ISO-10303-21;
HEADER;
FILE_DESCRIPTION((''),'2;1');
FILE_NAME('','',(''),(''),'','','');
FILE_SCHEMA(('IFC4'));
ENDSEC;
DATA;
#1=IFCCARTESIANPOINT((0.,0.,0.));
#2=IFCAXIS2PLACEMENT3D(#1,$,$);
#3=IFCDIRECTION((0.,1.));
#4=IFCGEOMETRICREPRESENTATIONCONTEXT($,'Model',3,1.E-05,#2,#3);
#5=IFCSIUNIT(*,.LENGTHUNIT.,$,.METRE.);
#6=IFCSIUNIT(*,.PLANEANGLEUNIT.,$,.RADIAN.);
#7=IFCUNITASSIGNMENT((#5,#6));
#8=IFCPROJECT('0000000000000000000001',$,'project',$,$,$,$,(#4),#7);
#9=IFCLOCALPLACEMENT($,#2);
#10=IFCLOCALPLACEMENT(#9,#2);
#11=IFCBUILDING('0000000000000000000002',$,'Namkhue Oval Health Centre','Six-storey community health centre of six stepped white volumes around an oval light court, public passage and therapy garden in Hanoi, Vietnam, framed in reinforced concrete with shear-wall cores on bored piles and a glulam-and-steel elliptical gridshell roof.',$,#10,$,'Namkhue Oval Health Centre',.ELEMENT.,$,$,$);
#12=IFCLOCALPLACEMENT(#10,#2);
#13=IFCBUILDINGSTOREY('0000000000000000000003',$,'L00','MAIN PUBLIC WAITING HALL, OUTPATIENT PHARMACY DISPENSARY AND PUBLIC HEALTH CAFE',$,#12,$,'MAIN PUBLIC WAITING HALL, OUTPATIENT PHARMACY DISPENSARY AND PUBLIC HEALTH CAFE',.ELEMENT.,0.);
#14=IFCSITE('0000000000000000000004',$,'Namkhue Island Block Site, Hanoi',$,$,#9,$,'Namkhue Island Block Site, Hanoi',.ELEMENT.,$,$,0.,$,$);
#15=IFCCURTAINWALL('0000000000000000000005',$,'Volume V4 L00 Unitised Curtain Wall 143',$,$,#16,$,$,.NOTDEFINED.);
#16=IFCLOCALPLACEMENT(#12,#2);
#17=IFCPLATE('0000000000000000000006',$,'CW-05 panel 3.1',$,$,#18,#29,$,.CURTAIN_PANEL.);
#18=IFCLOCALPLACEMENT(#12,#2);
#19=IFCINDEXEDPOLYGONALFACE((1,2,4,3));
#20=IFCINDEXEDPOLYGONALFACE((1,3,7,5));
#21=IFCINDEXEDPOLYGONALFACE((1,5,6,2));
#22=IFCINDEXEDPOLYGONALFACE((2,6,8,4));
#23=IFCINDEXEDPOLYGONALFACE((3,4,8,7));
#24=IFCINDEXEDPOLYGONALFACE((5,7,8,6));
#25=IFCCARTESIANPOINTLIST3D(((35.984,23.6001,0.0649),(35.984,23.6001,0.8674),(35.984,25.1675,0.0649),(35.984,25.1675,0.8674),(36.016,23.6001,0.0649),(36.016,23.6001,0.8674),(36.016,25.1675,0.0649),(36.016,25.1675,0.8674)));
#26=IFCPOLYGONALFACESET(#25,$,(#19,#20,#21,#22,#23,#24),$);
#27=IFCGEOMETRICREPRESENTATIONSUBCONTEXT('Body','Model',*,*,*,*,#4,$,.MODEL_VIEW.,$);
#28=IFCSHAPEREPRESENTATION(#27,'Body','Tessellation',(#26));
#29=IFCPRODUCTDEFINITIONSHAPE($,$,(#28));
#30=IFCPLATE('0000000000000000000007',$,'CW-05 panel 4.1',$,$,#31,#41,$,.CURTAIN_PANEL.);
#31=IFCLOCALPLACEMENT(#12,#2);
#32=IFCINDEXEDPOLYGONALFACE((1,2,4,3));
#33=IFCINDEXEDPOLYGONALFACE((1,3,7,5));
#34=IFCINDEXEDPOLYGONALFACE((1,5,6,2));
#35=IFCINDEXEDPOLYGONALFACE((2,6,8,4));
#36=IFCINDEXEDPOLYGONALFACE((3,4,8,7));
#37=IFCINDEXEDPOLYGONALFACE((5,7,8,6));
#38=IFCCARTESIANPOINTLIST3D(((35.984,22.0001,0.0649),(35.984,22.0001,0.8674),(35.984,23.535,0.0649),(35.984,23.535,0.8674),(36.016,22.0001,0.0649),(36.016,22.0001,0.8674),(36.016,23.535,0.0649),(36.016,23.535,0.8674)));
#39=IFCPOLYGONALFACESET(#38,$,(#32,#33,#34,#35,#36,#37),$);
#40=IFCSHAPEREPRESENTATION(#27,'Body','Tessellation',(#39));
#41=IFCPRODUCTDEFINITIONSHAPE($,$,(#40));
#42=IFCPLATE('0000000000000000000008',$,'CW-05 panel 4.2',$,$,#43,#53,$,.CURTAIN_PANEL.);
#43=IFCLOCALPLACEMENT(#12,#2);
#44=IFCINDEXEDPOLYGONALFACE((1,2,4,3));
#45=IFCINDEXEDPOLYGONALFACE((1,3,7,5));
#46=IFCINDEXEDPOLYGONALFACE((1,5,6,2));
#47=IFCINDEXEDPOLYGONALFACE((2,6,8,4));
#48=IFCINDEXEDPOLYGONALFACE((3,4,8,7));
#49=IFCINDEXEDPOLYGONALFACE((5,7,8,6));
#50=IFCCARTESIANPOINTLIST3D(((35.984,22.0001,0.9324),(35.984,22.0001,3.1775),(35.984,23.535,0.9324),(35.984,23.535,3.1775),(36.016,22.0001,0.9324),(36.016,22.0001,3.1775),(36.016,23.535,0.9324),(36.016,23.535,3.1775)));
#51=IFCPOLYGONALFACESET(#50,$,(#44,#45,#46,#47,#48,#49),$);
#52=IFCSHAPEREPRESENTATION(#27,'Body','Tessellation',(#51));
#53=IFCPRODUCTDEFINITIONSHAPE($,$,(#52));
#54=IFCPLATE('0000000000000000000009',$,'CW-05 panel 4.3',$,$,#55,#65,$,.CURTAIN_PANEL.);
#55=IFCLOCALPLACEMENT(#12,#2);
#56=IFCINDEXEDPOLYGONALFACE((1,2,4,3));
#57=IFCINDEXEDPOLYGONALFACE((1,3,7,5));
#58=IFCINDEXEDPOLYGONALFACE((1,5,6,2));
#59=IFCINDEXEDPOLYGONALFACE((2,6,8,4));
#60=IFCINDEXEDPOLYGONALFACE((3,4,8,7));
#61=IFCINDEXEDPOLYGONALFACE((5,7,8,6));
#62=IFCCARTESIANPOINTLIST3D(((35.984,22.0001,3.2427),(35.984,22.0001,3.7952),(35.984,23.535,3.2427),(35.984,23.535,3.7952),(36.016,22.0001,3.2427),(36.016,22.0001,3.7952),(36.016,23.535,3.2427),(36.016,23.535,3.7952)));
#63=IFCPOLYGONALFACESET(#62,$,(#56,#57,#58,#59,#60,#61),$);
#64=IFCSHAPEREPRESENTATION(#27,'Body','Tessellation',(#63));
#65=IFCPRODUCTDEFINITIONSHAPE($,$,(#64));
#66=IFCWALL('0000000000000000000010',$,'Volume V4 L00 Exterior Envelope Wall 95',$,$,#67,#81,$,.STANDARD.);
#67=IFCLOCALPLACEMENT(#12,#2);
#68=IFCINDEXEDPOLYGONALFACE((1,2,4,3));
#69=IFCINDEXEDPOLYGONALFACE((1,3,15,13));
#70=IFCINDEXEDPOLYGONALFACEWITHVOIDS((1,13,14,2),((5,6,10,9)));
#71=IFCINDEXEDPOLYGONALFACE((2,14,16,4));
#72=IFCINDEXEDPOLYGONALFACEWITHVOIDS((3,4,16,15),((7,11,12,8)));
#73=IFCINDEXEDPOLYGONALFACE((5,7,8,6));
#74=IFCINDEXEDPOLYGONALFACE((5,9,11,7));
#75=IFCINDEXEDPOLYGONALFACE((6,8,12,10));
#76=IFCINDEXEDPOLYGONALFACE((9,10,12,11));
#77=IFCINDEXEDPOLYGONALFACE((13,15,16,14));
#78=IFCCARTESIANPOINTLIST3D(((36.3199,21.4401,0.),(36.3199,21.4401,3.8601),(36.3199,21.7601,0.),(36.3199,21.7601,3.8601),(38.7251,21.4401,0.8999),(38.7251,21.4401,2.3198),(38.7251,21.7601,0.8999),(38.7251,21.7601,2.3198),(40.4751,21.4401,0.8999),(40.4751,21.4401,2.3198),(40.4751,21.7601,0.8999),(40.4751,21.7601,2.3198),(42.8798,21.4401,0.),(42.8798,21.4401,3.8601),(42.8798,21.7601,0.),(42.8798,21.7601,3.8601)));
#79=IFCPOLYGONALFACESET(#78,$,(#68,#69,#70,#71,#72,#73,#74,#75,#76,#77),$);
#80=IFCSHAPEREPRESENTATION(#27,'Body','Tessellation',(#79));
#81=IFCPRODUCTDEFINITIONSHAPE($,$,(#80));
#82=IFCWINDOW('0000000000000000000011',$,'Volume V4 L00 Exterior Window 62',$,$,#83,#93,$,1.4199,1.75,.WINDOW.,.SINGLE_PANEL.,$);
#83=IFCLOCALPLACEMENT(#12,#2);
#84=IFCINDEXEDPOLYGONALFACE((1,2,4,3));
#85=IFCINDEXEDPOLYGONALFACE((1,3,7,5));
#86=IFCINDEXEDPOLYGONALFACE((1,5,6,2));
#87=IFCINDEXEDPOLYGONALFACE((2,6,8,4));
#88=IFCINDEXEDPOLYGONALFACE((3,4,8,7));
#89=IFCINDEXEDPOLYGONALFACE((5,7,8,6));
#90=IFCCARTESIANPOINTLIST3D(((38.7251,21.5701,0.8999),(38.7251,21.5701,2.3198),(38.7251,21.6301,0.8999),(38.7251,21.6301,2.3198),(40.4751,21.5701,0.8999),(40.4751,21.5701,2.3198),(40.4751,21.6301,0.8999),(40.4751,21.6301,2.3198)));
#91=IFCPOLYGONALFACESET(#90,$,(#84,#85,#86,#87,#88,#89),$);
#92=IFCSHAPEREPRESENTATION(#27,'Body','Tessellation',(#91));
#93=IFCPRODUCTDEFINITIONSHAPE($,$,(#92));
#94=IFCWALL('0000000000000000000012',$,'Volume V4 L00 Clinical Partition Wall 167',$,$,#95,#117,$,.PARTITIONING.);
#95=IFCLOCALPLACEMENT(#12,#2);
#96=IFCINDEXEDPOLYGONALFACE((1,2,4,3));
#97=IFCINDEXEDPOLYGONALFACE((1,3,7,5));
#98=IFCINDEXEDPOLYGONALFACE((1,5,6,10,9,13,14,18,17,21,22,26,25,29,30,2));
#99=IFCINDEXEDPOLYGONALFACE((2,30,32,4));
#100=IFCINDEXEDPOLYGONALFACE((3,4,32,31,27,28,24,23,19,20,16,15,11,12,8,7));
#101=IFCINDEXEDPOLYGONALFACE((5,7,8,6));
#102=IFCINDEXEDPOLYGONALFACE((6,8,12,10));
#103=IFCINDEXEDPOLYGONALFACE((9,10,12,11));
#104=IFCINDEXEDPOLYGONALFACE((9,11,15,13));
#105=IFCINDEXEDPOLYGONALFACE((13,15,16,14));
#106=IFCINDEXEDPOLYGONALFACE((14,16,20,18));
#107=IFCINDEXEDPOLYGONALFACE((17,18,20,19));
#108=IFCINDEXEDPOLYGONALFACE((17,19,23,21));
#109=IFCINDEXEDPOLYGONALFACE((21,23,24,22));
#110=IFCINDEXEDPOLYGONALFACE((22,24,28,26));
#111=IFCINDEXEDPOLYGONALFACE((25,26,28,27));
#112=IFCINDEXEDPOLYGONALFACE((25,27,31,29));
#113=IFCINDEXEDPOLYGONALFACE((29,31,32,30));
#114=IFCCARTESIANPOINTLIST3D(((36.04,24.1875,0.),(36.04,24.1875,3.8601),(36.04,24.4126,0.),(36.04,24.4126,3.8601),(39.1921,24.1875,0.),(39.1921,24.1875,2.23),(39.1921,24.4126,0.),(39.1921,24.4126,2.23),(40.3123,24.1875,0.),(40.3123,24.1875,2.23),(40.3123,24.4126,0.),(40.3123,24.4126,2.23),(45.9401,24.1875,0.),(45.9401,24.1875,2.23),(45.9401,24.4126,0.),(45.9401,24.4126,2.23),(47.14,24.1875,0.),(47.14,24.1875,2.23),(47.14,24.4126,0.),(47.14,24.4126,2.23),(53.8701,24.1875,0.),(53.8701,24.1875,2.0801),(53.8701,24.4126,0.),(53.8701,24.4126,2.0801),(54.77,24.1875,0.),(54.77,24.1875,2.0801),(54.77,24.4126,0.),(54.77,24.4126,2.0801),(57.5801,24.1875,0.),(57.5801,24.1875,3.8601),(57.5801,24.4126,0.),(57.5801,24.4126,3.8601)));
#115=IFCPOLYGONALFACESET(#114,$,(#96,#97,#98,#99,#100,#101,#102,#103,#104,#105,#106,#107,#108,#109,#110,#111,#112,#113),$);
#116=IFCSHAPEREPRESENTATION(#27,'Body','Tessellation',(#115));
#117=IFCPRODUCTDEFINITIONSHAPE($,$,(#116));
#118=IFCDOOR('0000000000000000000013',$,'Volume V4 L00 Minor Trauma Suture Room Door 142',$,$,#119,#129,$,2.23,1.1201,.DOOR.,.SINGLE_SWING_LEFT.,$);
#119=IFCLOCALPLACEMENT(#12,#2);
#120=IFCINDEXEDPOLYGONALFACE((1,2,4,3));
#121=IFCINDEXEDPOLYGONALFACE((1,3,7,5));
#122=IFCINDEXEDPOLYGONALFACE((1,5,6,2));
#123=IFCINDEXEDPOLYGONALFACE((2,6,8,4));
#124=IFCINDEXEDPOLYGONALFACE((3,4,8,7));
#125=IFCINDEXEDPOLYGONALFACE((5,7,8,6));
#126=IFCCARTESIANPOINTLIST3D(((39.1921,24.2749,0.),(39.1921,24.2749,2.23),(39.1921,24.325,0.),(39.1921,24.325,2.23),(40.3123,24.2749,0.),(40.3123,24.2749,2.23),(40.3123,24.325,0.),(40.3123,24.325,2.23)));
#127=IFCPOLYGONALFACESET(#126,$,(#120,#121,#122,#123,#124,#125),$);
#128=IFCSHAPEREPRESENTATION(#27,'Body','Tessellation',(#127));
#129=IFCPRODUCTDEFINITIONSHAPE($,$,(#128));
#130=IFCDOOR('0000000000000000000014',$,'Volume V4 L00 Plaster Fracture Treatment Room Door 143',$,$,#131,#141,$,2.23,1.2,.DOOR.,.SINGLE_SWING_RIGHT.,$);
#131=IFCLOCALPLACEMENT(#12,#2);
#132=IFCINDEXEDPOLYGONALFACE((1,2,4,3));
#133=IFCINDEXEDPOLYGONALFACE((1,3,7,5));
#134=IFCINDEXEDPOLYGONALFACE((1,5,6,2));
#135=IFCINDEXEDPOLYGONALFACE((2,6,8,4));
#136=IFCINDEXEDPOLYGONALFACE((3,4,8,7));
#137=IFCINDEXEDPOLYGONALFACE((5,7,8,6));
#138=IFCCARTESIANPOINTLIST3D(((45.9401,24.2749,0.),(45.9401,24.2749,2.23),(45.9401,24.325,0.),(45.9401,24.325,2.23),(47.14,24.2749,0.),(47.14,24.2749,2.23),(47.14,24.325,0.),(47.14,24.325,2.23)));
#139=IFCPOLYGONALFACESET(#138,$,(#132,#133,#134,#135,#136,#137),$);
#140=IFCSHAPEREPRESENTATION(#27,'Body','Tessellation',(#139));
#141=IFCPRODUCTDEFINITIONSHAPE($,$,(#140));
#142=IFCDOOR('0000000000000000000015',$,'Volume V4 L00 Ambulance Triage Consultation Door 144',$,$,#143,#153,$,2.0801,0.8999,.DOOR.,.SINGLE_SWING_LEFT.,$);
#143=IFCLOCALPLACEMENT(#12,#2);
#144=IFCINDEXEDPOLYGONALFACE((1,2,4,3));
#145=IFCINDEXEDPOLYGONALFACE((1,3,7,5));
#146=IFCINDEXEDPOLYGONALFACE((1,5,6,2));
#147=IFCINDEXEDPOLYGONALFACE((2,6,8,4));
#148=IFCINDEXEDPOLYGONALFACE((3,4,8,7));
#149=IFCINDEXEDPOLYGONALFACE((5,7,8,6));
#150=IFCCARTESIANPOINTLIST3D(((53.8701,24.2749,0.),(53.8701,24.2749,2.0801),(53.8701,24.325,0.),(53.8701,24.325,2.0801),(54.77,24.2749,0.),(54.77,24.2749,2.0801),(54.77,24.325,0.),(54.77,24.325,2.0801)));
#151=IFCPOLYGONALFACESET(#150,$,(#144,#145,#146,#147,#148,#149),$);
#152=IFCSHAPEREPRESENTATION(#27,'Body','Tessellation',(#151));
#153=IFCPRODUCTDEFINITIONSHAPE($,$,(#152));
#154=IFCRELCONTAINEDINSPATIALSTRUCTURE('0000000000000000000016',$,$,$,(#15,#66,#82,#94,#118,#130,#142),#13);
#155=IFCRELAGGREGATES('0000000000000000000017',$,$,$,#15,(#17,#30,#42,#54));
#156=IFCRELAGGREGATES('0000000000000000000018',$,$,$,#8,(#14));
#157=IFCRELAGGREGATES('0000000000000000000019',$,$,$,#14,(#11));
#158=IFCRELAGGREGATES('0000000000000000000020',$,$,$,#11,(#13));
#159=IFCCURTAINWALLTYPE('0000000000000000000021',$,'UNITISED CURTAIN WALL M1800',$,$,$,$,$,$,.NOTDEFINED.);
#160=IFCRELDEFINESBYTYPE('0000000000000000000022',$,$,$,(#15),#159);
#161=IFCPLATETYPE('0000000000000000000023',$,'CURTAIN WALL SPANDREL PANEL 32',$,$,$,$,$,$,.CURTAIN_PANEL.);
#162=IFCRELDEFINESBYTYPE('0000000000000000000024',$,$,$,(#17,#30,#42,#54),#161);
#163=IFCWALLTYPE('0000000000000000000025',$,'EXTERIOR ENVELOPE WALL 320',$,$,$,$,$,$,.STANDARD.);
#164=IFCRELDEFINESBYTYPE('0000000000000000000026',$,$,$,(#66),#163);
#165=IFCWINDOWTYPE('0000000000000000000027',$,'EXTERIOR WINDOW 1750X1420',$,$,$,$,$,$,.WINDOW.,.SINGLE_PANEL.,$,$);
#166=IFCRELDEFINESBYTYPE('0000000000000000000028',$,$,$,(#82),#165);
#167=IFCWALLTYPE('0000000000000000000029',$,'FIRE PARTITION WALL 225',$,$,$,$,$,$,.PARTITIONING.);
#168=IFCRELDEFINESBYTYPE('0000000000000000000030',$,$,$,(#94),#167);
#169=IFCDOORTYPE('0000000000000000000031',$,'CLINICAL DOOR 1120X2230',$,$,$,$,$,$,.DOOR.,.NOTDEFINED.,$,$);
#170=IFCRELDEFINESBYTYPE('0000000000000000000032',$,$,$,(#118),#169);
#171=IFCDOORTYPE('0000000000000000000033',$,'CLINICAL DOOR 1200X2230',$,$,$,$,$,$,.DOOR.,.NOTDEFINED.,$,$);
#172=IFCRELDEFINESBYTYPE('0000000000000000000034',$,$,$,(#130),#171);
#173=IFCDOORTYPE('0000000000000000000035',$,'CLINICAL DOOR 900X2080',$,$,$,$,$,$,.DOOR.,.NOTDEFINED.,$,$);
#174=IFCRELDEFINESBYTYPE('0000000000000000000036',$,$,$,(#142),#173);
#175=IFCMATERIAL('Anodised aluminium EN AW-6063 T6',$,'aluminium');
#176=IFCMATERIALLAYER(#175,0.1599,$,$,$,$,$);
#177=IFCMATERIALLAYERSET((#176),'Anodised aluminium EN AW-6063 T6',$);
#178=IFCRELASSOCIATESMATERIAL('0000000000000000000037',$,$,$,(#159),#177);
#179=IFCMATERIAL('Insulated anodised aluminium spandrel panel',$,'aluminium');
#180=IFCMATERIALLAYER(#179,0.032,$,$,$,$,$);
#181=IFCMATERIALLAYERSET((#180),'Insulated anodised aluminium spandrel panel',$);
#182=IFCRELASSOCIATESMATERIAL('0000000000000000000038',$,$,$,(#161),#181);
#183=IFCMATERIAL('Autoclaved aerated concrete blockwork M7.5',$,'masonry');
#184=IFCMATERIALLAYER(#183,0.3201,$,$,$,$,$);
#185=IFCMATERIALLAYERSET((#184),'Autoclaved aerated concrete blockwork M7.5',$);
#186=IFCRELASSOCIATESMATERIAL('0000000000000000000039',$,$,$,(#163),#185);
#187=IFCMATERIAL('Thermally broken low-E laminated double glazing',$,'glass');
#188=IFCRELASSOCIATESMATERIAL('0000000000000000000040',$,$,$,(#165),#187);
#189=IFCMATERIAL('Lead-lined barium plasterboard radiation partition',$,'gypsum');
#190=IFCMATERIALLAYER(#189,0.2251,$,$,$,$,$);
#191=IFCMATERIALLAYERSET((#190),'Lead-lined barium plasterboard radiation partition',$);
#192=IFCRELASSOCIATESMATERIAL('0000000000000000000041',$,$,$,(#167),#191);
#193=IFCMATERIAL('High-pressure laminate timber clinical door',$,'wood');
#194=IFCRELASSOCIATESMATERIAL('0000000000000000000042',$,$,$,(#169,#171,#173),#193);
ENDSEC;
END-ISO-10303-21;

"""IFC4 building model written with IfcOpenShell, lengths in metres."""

from ifc_helpers import new_model, si_unit, direction, frame, frame_2d, origin, origin_2d, place, context, subcontext, project, spatial, rectangle, extrude, material, layer, layer_set, type_object, element, fill, aggregate, save


model = new_model("IFC4")

# Units and contexts
model_context = context("Model", 3, precision=1e-05, world=origin(), true_north=direction((0.0, 1.0)))
body_context = subcontext(model_context, "Body", "Model", "MODEL_VIEW")
ifc_project = project(units=[si_unit("LENGTHUNIT", "METRE"), si_unit("PLANEANGLEUNIT", "RADIAN")], contexts=[model_context])

# Site, building, storey
site_placement = place(None, origin())
site = spatial("IfcSite", under=ifc_project, at=site_placement, Name="Namkhue Island Block Site, Hanoi", LongName="Namkhue Island Block Site, Hanoi", CompositionType="ELEMENT", RefElevation=0.0)
building_placement = place(site_placement, origin())
building = spatial("IfcBuilding", under=site, at=building_placement, Name="Namkhue Oval Health Centre", Description="Six-storey community health centre of six stepped white volumes around an oval light court, public passage and therapy garden in Hanoi, Vietnam, framed in reinforced concrete with shear-wall cores on bored piles and a glulam-and-steel elliptical gridshell roof.", LongName="Namkhue Oval Health Centre", CompositionType="ELEMENT")
storey_placement = place(building_placement, origin())
storey = spatial("IfcBuildingStorey", under=building, at=storey_placement, Name="L00", Description="MAIN PUBLIC WAITING HALL, OUTPATIENT PHARMACY DISPENSARY AND PUBLIC HEALTH CAFE", LongName="MAIN PUBLIC WAITING HALL, OUTPATIENT PHARMACY DISPENSARY AND PUBLIC HEALTH CAFE", CompositionType="ELEMENT", Elevation=0.0)

# Curtain wall
ifc_material_1 = material(Name="Anodised aluminium EN AW-6063 T6", Category="aluminium")
ifc_layer_1 = layer(ifc_material_1, 0.1599)
ifc_layer_set_1 = layer_set([ifc_layer_1], Name="Anodised aluminium EN AW-6063 T6")
curtain_wall_type = type_object("IfcCurtainWallType", Name="UNITISED CURTAIN WALL M1800", PredefinedType="NOTDEFINED", material=ifc_layer_set_1)
curtain_wall_placement = place(storey_placement, origin())
curtain_wall = element("IfcCurtainWall", 1, at=curtain_wall_placement, inside=storey, type_object=curtain_wall_type, Name="Volume V4 L00 Unitised Curtain Wall 143", PredefinedType="NOTDEFINED")

# Plates
ifc_material_2 = material(Name="Insulated anodised aluminium spandrel panel", Category="aluminium")
ifc_layer_2 = layer(ifc_material_2, 0.032)
ifc_layer_set_2 = layer_set([ifc_layer_2], Name="Insulated anodised aluminium spandrel panel")
plate_type = type_object("IfcPlateType", Name="CURTAIN WALL SPANDREL PANEL 32", PredefinedType="CURTAIN_PANEL", material=ifc_layer_set_2)
plate_1_placement = place(storey_placement, frame((36.0, 24.3838, 0.0649), z_axis=(0.0, 0.0, 1.0), x_axis=(0.0, -1.0, 0.0)))
plate_1 = element("IfcPlate", 2, at=plate_1_placement, type_object=plate_type, Name="CW-05 panel 3.1", PredefinedType="CURTAIN_PANEL", context=body_context, shape_type="SweptSolid", body=[
    extrude(rectangle(XDim=1.5674, YDim=0.032, at=origin_2d()), origin(), (0.0, 0.0, 1.0), 0.8025),
])
plate_2_placement = place(storey_placement, frame((36.0, 22.7676, 0.0649), z_axis=(0.0, 0.0, 1.0), x_axis=(0.0, -1.0, 0.0)))
plate_2 = element("IfcPlate", 3, at=plate_2_placement, type_object=plate_type, Name="CW-05 panel 4.1", PredefinedType="CURTAIN_PANEL", context=body_context, shape_type="SweptSolid", body=[
    extrude(rectangle(XDim=1.5349, YDim=0.032, at=origin_2d()), origin(), (0.0, 0.0, 1.0), 0.8025),
])
plate_3_placement = place(storey_placement, frame((36.0, 22.7676, 0.9324), z_axis=(0.0, 0.0, 1.0), x_axis=(0.0, -1.0, 0.0)))
plate_3 = element("IfcPlate", 4, at=plate_3_placement, type_object=plate_type, Name="CW-05 panel 4.2", PredefinedType="CURTAIN_PANEL", context=body_context, shape_type="SweptSolid", body=[
    extrude(rectangle(XDim=1.5349, YDim=0.032, at=origin_2d()), origin(), (0.0, 0.0, 1.0), 2.2451),
])
plate_4_placement = place(storey_placement, frame((36.0, 22.7676, 3.2427), z_axis=(0.0, 0.0, 1.0), x_axis=(0.0, -1.0, 0.0)))
plate_4 = element("IfcPlate", 5, at=plate_4_placement, type_object=plate_type, Name="CW-05 panel 4.3", PredefinedType="CURTAIN_PANEL", context=body_context, shape_type="SweptSolid", body=[
    extrude(rectangle(XDim=1.5349, YDim=0.032, at=origin_2d()), origin(), (0.0, 0.0, 1.0), 0.5525),
])
aggregate(curtain_wall, [plate_1, plate_2, plate_3, plate_4])

# Wall, opening, window
ifc_material_3 = material(Name="Autoclaved aerated concrete blockwork M7.5", Category="masonry")
ifc_layer_3 = layer(ifc_material_3, 0.3201)
ifc_layer_set_3 = layer_set([ifc_layer_3], Name="Autoclaved aerated concrete blockwork M7.5")
wall_type_1 = type_object("IfcWallType", Name="EXTERIOR ENVELOPE WALL 320", PredefinedType="STANDARD", material=ifc_layer_set_3)
wall_1_placement = place(storey_placement, frame((36.3201, 21.6001, 0.0), z_axis=(0.0, 0.0, 1.0), x_axis=(1.0, 0.0, 0.0)))
wall_1 = element("IfcWall", 6, at=wall_1_placement, inside=storey, type_object=wall_type_1, Name="Volume V4 L00 Exterior Envelope Wall 95", PredefinedType="STANDARD", context=body_context, shape_type="SweptSolid", body=[
    extrude(rectangle(XDim=6.5598, YDim=0.3201, at=frame_2d((3.2798, 0.0))), origin(), (0.0, 0.0, 1.0), 3.8601),
])
opening_1_placement = place(wall_1_placement, frame((2.405, 0.0, 0.8999)))
opening_1 = element("IfcOpeningElement", 7, at=opening_1_placement, cuts=wall_1, PredefinedType="OPENING", context=body_context, shape_type="SweptSolid", body=[
    extrude(rectangle(XDim=1.75, YDim=1.4199, at=frame_2d((0.875, 0.71))), frame((0.0, 0.1699, 0.0), z_axis=(0.0, -1.0, 0.0), x_axis=(1.0, 0.0, 0.0)), (0.0, 0.0, 1.0), 0.3401),
])
ifc_material_4 = material(Name="Thermally broken low-E laminated double glazing", Category="glass")
window_type = type_object("IfcWindowType", Name="EXTERIOR WINDOW 1750X1420", PartitioningType="SINGLE_PANEL", PredefinedType="WINDOW", material=ifc_material_4)
window_placement = place(opening_1_placement, origin())
window = element("IfcWindow", 8, at=window_placement, inside=storey, type_object=window_type, Name="Volume V4 L00 Exterior Window 62", OverallHeight=1.4199, OverallWidth=1.75, PartitioningType="SINGLE_PANEL", PredefinedType="WINDOW", context=body_context, shape_type="SweptSolid", body=[
    extrude(rectangle(XDim=1.75, YDim=1.4199, at=frame_2d((0.875, 0.71))), frame((0.0, 0.03, 0.0), z_axis=(0.0, -1.0, 0.0), x_axis=(1.0, 0.0, 0.0)), (0.0, 0.0, 1.0), 0.0601),
])
fill(opening_1, window)

# Wall, openings, doors
ifc_material_5 = material(Name="Lead-lined barium plasterboard radiation partition", Category="gypsum")
ifc_layer_4 = layer(ifc_material_5, 0.2251)
ifc_layer_set_4 = layer_set([ifc_layer_4], Name="Lead-lined barium plasterboard radiation partition")
wall_type_2 = type_object("IfcWallType", Name="FIRE PARTITION WALL 225", PredefinedType="PARTITIONING", material=ifc_layer_set_4)
wall_2_placement = place(storey_placement, frame((36.04, 24.3, 0.0), z_axis=(0.0, 0.0, 1.0), x_axis=(1.0, 0.0, 0.0)))
wall_2 = element("IfcWall", 9, at=wall_2_placement, inside=storey, type_object=wall_type_2, Name="Volume V4 L00 Clinical Partition Wall 167", PredefinedType="PARTITIONING", context=body_context, shape_type="SweptSolid", body=[
    extrude(rectangle(XDim=21.54, YDim=0.2251, at=frame_2d((10.77, 0.0))), origin(), (0.0, 0.0, 1.0), 3.8601),
])
opening_2_placement = place(wall_2_placement, frame((3.1521, 0.0, 0.0)))
opening_2 = element("IfcOpeningElement", 10, at=opening_2_placement, cuts=wall_2, PredefinedType="OPENING", context=body_context, shape_type="SweptSolid", body=[
    extrude(rectangle(XDim=1.1201, YDim=2.23, at=frame_2d((0.5601, 1.115))), frame((0.0, 0.1226, 0.0), z_axis=(0.0, -1.0, 0.0), x_axis=(1.0, 0.0, 0.0)), (0.0, 0.0, 1.0), 0.2451),
])
opening_3_placement = place(wall_2_placement, frame((9.8999, 0.0, 0.0)))
opening_3 = element("IfcOpeningElement", 11, at=opening_3_placement, cuts=wall_2, PredefinedType="OPENING", context=body_context, shape_type="SweptSolid", body=[
    extrude(rectangle(XDim=1.2, YDim=2.23, at=frame_2d((0.6001, 1.115))), frame((0.0, 0.1226, 0.0), z_axis=(0.0, -1.0, 0.0), x_axis=(1.0, 0.0, 0.0)), (0.0, 0.0, 1.0), 0.2451),
])
opening_4_placement = place(wall_2_placement, frame((17.8301, 0.0, 0.0)))
opening_4 = element("IfcOpeningElement", 12, at=opening_4_placement, cuts=wall_2, PredefinedType="OPENING", context=body_context, shape_type="SweptSolid", body=[
    extrude(rectangle(XDim=0.8999, YDim=2.0801, at=frame_2d((0.45, 1.04))), frame((0.0, 0.1226, 0.0), z_axis=(0.0, -1.0, 0.0), x_axis=(1.0, 0.0, 0.0)), (0.0, 0.0, 1.0), 0.2451),
])
ifc_material_6 = material(Name="High-pressure laminate timber clinical door", Category="wood")
door_type_1 = type_object("IfcDoorType", Name="CLINICAL DOOR 1120X2230", OperationType="NOTDEFINED", PredefinedType="DOOR", material=ifc_material_6)
door_1_placement = place(opening_2_placement, origin())
door_1 = element("IfcDoor", 13, at=door_1_placement, inside=storey, type_object=door_type_1, Name="Volume V4 L00 Minor Trauma Suture Room Door 142", OperationType="SINGLE_SWING_LEFT", OverallHeight=2.23, OverallWidth=1.1201, PredefinedType="DOOR", context=body_context, shape_type="SweptSolid", body=[
    extrude(rectangle(XDim=1.1201, YDim=2.23, at=frame_2d((0.5601, 1.115))), frame((0.0, 0.0249, 0.0), z_axis=(0.0, -1.0, 0.0), x_axis=(1.0, 0.0, 0.0)), (0.0, 0.0, 1.0), 0.05),
])
fill(opening_2, door_1)
door_type_2 = type_object("IfcDoorType", Name="CLINICAL DOOR 1200X2230", OperationType="NOTDEFINED", PredefinedType="DOOR", material=ifc_material_6)
door_2_placement = place(opening_3_placement, origin())
door_2 = element("IfcDoor", 14, at=door_2_placement, inside=storey, type_object=door_type_2, Name="Volume V4 L00 Plaster Fracture Treatment Room Door 143", OperationType="SINGLE_SWING_RIGHT", OverallHeight=2.23, OverallWidth=1.2, PredefinedType="DOOR", context=body_context, shape_type="SweptSolid", body=[
    extrude(rectangle(XDim=1.2, YDim=2.23, at=frame_2d((0.6001, 1.115))), frame((0.0, 0.0249, 0.0), z_axis=(0.0, -1.0, 0.0), x_axis=(1.0, 0.0, 0.0)), (0.0, 0.0, 1.0), 0.05),
])
fill(opening_3, door_2)
door_type_3 = type_object("IfcDoorType", Name="CLINICAL DOOR 900X2080", OperationType="NOTDEFINED", PredefinedType="DOOR", material=ifc_material_6)
door_3_placement = place(opening_4_placement, origin())
door_3 = element("IfcDoor", 15, at=door_3_placement, inside=storey, type_object=door_type_3, Name="Volume V4 L00 Ambulance Triage Consultation Door 144", OperationType="SINGLE_SWING_LEFT", OverallHeight=2.0801, OverallWidth=0.8999, PredefinedType="DOOR", context=body_context, shape_type="SweptSolid", body=[
    extrude(rectangle(XDim=0.8999, YDim=2.0801, at=frame_2d((0.45, 1.04))), frame((0.0, 0.0249, 0.0), z_axis=(0.0, -1.0, 0.0), x_axis=(1.0, 0.0, 0.0)), (0.0, 0.0, 1.0), 0.05),
])
fill(opening_4, door_3)

save(model, "model.ifc")
